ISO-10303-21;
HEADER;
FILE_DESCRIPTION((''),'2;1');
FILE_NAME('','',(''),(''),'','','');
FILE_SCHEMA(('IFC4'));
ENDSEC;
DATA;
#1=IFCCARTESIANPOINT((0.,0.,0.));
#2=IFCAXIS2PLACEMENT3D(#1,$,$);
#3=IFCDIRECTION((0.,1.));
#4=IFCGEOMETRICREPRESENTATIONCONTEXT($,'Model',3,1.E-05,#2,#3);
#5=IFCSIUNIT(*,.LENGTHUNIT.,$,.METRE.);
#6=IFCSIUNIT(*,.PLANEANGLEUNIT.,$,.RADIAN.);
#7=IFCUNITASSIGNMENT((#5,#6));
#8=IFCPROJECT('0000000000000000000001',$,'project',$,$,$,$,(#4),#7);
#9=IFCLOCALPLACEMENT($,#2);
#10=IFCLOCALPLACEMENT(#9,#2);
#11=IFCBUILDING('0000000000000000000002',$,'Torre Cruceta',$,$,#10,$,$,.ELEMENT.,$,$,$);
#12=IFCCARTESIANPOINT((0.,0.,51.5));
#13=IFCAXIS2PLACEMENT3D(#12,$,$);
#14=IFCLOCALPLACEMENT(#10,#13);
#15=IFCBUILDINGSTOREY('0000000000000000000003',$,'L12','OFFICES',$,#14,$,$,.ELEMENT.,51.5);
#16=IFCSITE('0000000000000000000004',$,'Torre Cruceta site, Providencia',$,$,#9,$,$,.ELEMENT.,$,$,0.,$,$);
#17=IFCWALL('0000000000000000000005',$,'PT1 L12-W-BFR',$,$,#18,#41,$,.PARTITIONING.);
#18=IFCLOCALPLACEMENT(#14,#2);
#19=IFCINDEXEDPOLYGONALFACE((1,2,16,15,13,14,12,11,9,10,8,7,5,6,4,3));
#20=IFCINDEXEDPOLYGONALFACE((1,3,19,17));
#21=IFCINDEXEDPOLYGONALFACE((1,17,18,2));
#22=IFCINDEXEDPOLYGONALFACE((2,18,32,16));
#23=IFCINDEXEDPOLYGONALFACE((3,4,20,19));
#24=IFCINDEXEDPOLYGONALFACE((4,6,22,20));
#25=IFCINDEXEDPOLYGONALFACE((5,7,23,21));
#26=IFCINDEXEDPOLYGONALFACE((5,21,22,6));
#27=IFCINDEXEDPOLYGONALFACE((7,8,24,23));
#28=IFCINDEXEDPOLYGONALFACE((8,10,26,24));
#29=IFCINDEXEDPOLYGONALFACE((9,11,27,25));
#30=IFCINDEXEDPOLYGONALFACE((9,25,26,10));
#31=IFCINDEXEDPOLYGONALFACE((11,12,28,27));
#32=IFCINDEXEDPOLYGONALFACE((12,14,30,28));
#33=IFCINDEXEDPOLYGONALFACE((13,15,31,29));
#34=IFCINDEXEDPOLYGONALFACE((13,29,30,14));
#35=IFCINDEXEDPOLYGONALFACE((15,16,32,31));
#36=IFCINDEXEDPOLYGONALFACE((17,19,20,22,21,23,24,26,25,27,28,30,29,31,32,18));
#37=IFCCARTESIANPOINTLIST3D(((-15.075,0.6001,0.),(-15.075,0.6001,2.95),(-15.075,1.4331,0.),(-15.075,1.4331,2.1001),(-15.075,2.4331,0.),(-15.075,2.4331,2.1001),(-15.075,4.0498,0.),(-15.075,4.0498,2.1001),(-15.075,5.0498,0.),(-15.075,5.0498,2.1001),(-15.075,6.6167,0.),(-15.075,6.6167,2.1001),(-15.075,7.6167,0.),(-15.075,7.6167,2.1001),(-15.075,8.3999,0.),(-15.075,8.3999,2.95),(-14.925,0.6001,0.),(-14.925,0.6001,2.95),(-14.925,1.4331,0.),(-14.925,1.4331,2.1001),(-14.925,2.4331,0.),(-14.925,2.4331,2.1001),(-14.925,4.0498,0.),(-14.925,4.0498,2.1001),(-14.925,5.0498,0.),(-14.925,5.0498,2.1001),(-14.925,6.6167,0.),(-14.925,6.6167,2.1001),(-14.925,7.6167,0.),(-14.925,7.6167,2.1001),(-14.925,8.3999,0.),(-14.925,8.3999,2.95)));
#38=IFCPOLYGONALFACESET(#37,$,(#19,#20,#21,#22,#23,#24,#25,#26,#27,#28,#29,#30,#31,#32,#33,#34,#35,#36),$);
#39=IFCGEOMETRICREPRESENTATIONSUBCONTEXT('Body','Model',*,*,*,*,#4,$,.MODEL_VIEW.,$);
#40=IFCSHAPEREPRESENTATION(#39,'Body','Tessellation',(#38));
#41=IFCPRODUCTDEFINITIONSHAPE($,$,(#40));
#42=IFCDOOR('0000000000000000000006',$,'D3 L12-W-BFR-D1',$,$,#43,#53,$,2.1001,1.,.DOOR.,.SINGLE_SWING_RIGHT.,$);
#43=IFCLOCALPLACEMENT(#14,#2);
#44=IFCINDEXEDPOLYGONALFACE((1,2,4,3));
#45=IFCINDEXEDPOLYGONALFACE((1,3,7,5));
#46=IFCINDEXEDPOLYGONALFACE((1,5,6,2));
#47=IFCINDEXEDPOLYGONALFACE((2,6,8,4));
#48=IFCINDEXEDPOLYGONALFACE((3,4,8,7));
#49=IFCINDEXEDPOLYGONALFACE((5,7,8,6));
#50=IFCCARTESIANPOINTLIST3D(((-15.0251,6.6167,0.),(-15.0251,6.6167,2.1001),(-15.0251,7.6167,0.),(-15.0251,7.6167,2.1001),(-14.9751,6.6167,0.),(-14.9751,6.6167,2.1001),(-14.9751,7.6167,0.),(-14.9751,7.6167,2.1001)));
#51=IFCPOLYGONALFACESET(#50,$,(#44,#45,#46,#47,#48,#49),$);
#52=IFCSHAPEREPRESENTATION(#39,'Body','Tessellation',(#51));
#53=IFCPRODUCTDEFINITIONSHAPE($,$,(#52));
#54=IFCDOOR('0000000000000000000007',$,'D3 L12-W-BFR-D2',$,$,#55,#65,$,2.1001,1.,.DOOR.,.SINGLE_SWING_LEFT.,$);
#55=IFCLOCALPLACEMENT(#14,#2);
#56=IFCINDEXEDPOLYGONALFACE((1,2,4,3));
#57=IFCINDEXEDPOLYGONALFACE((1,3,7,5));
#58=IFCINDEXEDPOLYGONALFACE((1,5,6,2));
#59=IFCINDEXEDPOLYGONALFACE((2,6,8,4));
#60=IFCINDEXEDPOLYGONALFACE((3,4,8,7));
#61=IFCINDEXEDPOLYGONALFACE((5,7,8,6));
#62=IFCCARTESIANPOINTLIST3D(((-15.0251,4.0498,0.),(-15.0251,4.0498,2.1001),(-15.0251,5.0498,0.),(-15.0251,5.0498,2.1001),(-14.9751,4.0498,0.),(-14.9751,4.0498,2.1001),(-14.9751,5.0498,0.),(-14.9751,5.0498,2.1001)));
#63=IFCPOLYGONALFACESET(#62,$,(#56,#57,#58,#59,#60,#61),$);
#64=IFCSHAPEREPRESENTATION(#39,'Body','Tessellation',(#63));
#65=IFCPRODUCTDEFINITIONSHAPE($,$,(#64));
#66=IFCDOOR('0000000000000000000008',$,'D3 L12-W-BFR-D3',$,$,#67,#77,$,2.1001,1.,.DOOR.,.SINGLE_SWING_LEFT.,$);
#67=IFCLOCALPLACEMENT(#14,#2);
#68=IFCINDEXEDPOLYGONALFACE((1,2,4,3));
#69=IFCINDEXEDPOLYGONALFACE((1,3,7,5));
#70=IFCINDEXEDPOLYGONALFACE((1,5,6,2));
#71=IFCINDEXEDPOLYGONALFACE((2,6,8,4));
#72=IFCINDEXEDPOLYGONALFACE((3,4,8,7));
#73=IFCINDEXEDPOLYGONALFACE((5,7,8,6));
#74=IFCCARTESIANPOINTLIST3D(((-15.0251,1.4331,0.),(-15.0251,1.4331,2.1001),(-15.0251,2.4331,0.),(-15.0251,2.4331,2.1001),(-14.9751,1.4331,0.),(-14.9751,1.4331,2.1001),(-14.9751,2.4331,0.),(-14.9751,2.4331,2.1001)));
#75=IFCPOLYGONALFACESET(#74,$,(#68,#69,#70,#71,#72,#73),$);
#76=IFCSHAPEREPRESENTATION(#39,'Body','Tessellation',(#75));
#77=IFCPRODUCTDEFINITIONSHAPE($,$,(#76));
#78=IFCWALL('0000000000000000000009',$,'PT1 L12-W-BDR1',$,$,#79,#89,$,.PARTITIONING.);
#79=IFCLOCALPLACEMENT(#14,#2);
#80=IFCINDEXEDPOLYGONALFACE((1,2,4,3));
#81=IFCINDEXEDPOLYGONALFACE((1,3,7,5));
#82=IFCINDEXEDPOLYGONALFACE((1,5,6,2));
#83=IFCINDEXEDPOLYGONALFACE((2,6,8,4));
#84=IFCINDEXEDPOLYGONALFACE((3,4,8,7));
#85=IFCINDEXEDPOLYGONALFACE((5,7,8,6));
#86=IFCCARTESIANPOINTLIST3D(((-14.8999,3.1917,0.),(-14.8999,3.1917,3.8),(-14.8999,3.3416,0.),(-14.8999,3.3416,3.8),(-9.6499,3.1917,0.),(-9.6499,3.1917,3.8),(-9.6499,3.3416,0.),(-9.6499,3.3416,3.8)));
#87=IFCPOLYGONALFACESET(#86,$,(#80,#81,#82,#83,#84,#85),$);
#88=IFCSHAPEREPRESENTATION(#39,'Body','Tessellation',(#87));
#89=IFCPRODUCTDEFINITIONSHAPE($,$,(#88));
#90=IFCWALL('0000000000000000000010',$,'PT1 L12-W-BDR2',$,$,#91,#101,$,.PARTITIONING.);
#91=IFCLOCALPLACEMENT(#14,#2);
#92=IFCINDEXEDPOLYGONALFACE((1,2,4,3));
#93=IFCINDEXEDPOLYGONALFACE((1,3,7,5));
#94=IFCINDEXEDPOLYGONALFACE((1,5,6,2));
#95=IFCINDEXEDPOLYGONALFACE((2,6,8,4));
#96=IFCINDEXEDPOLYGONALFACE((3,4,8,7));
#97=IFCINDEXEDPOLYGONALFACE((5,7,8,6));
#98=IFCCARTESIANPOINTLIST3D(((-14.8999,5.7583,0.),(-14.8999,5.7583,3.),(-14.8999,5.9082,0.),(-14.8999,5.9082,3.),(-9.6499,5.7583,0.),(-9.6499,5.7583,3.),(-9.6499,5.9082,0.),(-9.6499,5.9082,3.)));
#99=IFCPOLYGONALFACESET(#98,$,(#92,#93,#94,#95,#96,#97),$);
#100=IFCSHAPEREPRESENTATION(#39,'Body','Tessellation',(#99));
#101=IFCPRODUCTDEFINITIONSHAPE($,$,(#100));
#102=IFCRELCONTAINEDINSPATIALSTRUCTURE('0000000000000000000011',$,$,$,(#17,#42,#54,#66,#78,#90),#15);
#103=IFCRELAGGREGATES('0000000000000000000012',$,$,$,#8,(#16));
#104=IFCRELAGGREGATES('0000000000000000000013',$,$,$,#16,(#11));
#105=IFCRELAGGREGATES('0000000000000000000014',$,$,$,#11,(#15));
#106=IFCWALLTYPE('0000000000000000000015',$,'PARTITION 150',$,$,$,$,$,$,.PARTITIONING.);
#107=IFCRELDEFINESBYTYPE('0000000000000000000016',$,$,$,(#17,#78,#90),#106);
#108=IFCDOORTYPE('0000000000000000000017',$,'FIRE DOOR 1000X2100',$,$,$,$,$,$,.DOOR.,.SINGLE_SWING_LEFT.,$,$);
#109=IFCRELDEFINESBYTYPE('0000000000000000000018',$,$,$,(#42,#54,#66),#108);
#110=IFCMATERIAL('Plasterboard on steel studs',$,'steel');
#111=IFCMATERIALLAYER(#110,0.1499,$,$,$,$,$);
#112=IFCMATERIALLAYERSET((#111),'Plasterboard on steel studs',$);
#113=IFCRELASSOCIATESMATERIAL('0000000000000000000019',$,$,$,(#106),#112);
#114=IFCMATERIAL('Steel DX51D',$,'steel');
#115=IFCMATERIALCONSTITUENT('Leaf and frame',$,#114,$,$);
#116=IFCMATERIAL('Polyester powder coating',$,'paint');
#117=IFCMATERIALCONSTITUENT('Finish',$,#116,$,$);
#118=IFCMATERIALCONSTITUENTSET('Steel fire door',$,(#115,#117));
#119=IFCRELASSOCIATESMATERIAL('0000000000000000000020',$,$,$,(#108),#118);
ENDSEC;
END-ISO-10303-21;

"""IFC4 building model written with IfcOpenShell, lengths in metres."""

from ifc_helpers import new_model, si_unit, direction, frame, frame_2d, origin, place, context, subcontext, project, spatial, rectangle, extrude, material, layer, layer_set, constituent, constituent_set, type_object, element, fill, save


model = new_model("IFC4")

# Units and contexts
model_context = context("Model", 3, precision=1e-05, world=origin(), true_north=direction((0.0, 1.0)))
body_context = subcontext(model_context, "Body", "Model", "MODEL_VIEW")
ifc_project = project(units=[si_unit("LENGTHUNIT", "METRE"), si_unit("PLANEANGLEUNIT", "RADIAN")], contexts=[model_context])

# Site, building, storey
site_placement = place(None, origin())
site = spatial("IfcSite", under=ifc_project, at=site_placement, Name="Torre Cruceta site, Providencia", CompositionType="ELEMENT", RefElevation=0.0)
building_placement = place(site_placement, origin())
building = spatial("IfcBuilding", under=site, at=building_placement, Name="Torre Cruceta", CompositionType="ELEMENT")
storey_placement = place(building_placement, frame((0.0, 0.0, 51.5)))
storey = spatial("IfcBuildingStorey", under=building, at=storey_placement, Name="L12", Description="OFFICES", CompositionType="ELEMENT", Elevation=51.5)

# Wall, openings, doors
ifc_material_1 = material(Name="Plasterboard on steel studs", Category="steel")
ifc_layer_1 = layer(ifc_material_1, 0.1499)
ifc_layer_set_1 = layer_set([ifc_layer_1], Name="Plasterboard on steel studs")
wall_type_1 = type_object("IfcWallType", Name="PARTITION 150", PredefinedType="PARTITIONING", material=ifc_layer_set_1)
wall_1_placement = place(storey_placement, frame((-15.0, 8.3999, 0.0), z_axis=(0.0, 0.0, 1.0), x_axis=(0.0, -1.0, 0.0)))
wall_1 = element("IfcWall", 1, at=wall_1_placement, inside=storey, type_object=wall_type_1, Name="PT1 L12-W-BFR", PredefinedType="PARTITIONING", context=body_context, shape_type="SweptSolid", body=[
    extrude(rectangle(XDim=7.7998, YDim=0.1499, at=frame_2d((3.8999, 0.0))), origin(), (0.0, 0.0, 1.0), 2.95),
])
opening_1_placement = place(wall_1_placement, frame((0.7832, 0.0, 0.0)))
opening_1 = element("IfcOpeningElement", 2, at=opening_1_placement, cuts=wall_1, PredefinedType="OPENING", context=body_context, shape_type="SweptSolid", body=[
    extrude(rectangle(XDim=1.0, YDim=2.1001, at=frame_2d((0.5, 1.05))), frame((0.0, 0.085, 0.0), z_axis=(0.0, -1.0, 0.0), x_axis=(1.0, 0.0, 0.0)), (0.0, 0.0, 1.0), 0.1699),
])
opening_2_placement = place(wall_1_placement, frame((3.3501, 0.0, 0.0)))
opening_2 = element("IfcOpeningElement", 3, at=opening_2_placement, cuts=wall_1, PredefinedType="OPENING", context=body_context, shape_type="SweptSolid", body=[
    extrude(rectangle(XDim=1.0, YDim=2.1001, at=frame_2d((0.5, 1.05))), frame((0.0, 0.085, 0.0), z_axis=(0.0, -1.0, 0.0), x_axis=(1.0, 0.0, 0.0)), (0.0, 0.0, 1.0), 0.1699),
])
opening_3_placement = place(wall_1_placement, frame((5.9668, 0.0, 0.0)))
opening_3 = element("IfcOpeningElement", 4, at=opening_3_placement, cuts=wall_1, PredefinedType="OPENING", context=body_context, shape_type="SweptSolid", body=[
    extrude(rectangle(XDim=1.0, YDim=2.1001, at=frame_2d((0.5, 1.05))), frame((0.0, 0.085, 0.0), z_axis=(0.0, -1.0, 0.0), x_axis=(1.0, 0.0, 0.0)), (0.0, 0.0, 1.0), 0.1699),
])
ifc_material_2 = material(Name="Steel DX51D", Category="steel")
ifc_constituent_1 = constituent(ifc_material_2, Name="Leaf and frame")
ifc_material_3 = material(Name="Polyester powder coating", Category="paint")
ifc_constituent_2 = constituent(ifc_material_3, Name="Finish")
ifc_constituent_set_1 = constituent_set(constituents=[ifc_constituent_1, ifc_constituent_2], Name="Steel fire door")
door_type_1 = type_object("IfcDoorType", Name="FIRE DOOR 1000X2100", OperationType="SINGLE_SWING_LEFT", PredefinedType="DOOR", material=ifc_constituent_set_1)
door_1_placement = place(opening_1_placement, origin())
door_1 = element("IfcDoor", 5, at=door_1_placement, inside=storey, type_object=door_type_1, Name="D3 L12-W-BFR-D1", OperationType="SINGLE_SWING_RIGHT", OverallHeight=2.1001, OverallWidth=1.0, PredefinedType="DOOR", context=body_context, shape_type="SweptSolid", body=[
    extrude(rectangle(XDim=1.0, YDim=2.1001, at=frame_2d((0.5, 1.05))), frame((0.0, 0.0249, 0.0), z_axis=(0.0, -1.0, 0.0), x_axis=(1.0, 0.0, 0.0)), (0.0, 0.0, 1.0), 0.05),
])
fill(opening_1, door_1)
door_2_placement = place(opening_2_placement, origin())
door_2 = element("IfcDoor", 6, at=door_2_placement, inside=storey, type_object=door_type_1, Name="D3 L12-W-BFR-D2", OperationType="SINGLE_SWING_LEFT", OverallHeight=2.1001, OverallWidth=1.0, PredefinedType="DOOR", context=body_context, shape_type="SweptSolid", body=[
    extrude(rectangle(XDim=1.0, YDim=2.1001, at=frame_2d((0.5, 1.05))), frame((0.0, 0.0249, 0.0), z_axis=(0.0, -1.0, 0.0), x_axis=(1.0, 0.0, 0.0)), (0.0, 0.0, 1.0), 0.05),
])
fill(opening_2, door_2)
door_3_placement = place(opening_3_placement, origin())
door_3 = element("IfcDoor", 7, at=door_3_placement, inside=storey, type_object=door_type_1, Name="D3 L12-W-BFR-D3", OperationType="SINGLE_SWING_LEFT", OverallHeight=2.1001, OverallWidth=1.0, PredefinedType="DOOR", context=body_context, shape_type="SweptSolid", body=[
    extrude(rectangle(XDim=1.0, YDim=2.1001, at=frame_2d((0.5, 1.05))), frame((0.0, 0.0249, 0.0), z_axis=(0.0, -1.0, 0.0), x_axis=(1.0, 0.0, 0.0)), (0.0, 0.0, 1.0), 0.05),
])
fill(opening_3, door_3)

# Walls
wall_2_placement = place(storey_placement, frame((-9.6499, 3.2666, 0.0), z_axis=(0.0, 0.0, 1.0), x_axis=(-1.0, 0.0, 0.0)))
element("IfcWall", 8, at=wall_2_placement, inside=storey, type_object=wall_type_1, Name="PT1 L12-W-BDR1", PredefinedType="PARTITIONING", context=body_context, shape_type="SweptSolid", body=[
    extrude(rectangle(XDim=5.25, YDim=0.1499, at=frame_2d((2.625, 0.0))), origin(), (0.0, 0.0, 1.0), 3.8),
])
wall_3_placement = place(storey_placement, frame((-9.6499, 5.8333, 0.0), z_axis=(0.0, 0.0, 1.0), x_axis=(-1.0, 0.0, 0.0)))
element("IfcWall", 9, at=wall_3_placement, inside=storey, type_object=wall_type_1, Name="PT1 L12-W-BDR2", PredefinedType="PARTITIONING", context=body_context, shape_type="SweptSolid", body=[
    extrude(rectangle(XDim=5.25, YDim=0.1499, at=frame_2d((2.625, 0.0))), origin(), (0.0, 0.0, 1.0), 3.0),
])

save(model, "model.ifc")
